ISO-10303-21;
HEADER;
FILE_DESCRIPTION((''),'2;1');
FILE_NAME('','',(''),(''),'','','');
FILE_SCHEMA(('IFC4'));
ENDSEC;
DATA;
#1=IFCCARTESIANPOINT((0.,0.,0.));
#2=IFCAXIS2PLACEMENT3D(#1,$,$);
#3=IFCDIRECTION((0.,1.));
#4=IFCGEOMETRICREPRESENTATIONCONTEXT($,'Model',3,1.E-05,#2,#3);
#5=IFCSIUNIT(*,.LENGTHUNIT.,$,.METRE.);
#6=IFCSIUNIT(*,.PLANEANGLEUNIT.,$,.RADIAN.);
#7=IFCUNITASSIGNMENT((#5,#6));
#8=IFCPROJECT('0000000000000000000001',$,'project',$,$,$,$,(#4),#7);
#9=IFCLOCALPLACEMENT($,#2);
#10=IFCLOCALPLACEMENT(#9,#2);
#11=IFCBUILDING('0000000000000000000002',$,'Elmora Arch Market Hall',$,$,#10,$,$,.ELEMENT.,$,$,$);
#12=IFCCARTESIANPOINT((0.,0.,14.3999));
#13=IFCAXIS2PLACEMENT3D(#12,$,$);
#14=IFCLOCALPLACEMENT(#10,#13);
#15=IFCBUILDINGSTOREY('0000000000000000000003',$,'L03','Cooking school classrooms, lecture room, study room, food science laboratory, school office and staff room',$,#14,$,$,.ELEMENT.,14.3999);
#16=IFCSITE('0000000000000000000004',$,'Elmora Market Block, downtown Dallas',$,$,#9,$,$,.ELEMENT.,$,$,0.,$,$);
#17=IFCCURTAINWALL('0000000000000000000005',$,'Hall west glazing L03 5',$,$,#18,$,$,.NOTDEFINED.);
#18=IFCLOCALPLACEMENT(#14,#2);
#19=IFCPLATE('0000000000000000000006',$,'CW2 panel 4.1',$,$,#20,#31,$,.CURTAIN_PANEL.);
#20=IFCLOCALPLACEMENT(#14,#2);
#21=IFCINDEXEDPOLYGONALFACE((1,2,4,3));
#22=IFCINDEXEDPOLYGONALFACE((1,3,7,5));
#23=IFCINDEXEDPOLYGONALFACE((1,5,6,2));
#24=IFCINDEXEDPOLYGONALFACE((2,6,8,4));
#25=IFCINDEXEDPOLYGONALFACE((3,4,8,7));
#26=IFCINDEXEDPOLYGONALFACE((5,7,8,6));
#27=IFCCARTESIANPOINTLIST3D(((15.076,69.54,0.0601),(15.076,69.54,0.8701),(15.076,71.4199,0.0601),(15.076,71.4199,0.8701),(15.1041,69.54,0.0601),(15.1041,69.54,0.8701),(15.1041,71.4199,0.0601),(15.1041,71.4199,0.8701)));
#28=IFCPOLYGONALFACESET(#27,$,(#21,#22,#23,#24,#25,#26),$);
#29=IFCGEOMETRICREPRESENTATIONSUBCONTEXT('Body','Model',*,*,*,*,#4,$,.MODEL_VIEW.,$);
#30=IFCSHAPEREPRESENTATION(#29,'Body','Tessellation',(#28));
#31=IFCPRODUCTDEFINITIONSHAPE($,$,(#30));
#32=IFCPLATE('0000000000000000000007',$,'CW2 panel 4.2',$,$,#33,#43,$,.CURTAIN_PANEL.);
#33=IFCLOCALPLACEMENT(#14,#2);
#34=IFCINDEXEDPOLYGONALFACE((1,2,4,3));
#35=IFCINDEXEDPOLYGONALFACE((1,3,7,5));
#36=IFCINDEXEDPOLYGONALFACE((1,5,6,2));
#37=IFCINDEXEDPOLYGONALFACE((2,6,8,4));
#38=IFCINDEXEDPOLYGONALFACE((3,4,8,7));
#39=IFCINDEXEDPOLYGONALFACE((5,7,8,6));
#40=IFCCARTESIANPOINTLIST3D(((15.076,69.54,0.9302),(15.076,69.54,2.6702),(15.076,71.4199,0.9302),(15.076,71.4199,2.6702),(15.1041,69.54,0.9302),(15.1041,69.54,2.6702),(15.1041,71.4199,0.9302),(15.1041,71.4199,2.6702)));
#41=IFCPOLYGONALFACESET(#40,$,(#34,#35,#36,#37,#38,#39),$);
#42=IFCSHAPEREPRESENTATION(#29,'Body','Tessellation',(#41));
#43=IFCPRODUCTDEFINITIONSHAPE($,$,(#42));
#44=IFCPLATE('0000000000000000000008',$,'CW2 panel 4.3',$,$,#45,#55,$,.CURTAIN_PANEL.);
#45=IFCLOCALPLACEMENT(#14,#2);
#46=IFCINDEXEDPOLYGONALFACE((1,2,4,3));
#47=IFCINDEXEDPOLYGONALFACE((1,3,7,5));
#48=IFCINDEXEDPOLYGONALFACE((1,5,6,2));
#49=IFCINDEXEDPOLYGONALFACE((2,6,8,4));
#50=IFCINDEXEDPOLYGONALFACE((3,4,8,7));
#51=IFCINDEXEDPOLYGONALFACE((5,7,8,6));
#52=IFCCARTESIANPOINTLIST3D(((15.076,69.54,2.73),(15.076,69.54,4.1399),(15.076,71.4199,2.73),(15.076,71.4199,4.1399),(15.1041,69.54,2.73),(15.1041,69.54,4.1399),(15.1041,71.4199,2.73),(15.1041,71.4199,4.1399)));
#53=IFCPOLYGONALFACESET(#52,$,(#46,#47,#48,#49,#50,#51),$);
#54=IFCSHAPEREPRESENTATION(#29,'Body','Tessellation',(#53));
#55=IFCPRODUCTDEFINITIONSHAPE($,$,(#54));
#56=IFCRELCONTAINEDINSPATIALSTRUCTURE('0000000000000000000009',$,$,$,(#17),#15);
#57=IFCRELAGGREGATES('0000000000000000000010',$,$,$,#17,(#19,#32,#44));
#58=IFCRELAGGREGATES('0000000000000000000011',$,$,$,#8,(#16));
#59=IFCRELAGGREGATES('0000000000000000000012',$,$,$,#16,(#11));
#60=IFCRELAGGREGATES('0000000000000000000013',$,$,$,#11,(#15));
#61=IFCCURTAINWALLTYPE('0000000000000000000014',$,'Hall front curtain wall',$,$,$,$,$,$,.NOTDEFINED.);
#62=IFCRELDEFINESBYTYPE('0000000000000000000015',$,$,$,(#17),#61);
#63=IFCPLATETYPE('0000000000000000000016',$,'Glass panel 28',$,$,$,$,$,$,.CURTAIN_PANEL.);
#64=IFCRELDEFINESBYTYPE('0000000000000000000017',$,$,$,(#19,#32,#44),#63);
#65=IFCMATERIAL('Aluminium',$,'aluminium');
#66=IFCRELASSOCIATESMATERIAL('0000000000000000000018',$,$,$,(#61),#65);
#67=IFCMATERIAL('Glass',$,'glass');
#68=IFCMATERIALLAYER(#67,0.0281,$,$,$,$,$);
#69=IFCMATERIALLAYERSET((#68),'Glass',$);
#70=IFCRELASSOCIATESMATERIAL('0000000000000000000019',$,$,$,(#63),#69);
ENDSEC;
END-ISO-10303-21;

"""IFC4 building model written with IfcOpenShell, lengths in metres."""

from ifc_helpers import new_model, si_unit, direction, frame, origin, origin_2d, place, context, subcontext, project, spatial, rectangle, extrude, material, layer, layer_set, type_object, element, aggregate, save


model = new_model("IFC4")

# Units and contexts
model_context = context("Model", 3, precision=1e-05, world=origin(), true_north=direction((0.0, 1.0)))
body_context = subcontext(model_context, "Body", "Model", "MODEL_VIEW")
ifc_project = project(units=[si_unit("LENGTHUNIT", "METRE"), si_unit("PLANEANGLEUNIT", "RADIAN")], contexts=[model_context])

# Site, building, storey
site_placement = place(None, origin())
site = spatial("IfcSite", under=ifc_project, at=site_placement, Name="Elmora Market Block, downtown Dallas", CompositionType="ELEMENT", RefElevation=0.0)
building_placement = place(site_placement, origin())
building = spatial("IfcBuilding", under=site, at=building_placement, Name="Elmora Arch Market Hall", CompositionType="ELEMENT")
storey_placement = place(building_placement, frame((0.0, 0.0, 14.3999)))
storey = spatial("IfcBuildingStorey", under=building, at=storey_placement, Name="L03", Description="Cooking school classrooms, lecture room, study room, food science laboratory, school office and staff room", CompositionType="ELEMENT", Elevation=14.3999)

# Curtain wall
ifc_material_1 = material(Name="Aluminium", Category="aluminium")
curtain_wall_type = type_object("IfcCurtainWallType", Name="Hall front curtain wall", PredefinedType="NOTDEFINED", material=ifc_material_1)
curtain_wall_1_placement = place(storey_placement, origin())
curtain_wall_1 = element("IfcCurtainWall", 1, at=curtain_wall_1_placement, inside=storey, type_object=curtain_wall_type, Name="Hall west glazing L03 5", PredefinedType="NOTDEFINED")

# Plates
ifc_material_2 = material(Name="Glass", Category="glass")
ifc_layer = layer(ifc_material_2, 0.0281)
ifc_layer_set = layer_set([ifc_layer], Name="Glass")
plate_type = type_object("IfcPlateType", Name="Glass panel 28", PredefinedType="CURTAIN_PANEL", material=ifc_layer_set)
plate_1_placement = place(storey_placement, frame((15.0901, 70.48, 0.0601), z_axis=(0.0, 0.0, 1.0), x_axis=(0.0, 1.0, 0.0)))
plate_1 = element("IfcPlate", 2, at=plate_1_placement, type_object=plate_type, Name="CW2 panel 4.1", PredefinedType="CURTAIN_PANEL", context=body_context, shape_type="SweptSolid", body=[
    extrude(rectangle(XDim=1.8799, YDim=0.0281, at=origin_2d()), origin(), (0.0, 0.0, 1.0), 0.8101),
])
plate_2_placement = place(storey_placement, frame((15.0901, 70.48, 0.9302), z_axis=(0.0, 0.0, 1.0), x_axis=(0.0, 1.0, 0.0)))
plate_2 = element("IfcPlate", 3, at=plate_2_placement, type_object=plate_type, Name="CW2 panel 4.2", PredefinedType="CURTAIN_PANEL", context=body_context, shape_type="SweptSolid", body=[
    extrude(rectangle(XDim=1.8799, YDim=0.0281, at=origin_2d()), origin(), (0.0, 0.0, 1.0), 1.74),
])
plate_3_placement = place(storey_placement, frame((15.0901, 70.48, 2.73), z_axis=(0.0, 0.0, 1.0), x_axis=(0.0, 1.0, 0.0)))
plate_3 = element("IfcPlate", 4, at=plate_3_placement, type_object=plate_type, Name="CW2 panel 4.3", PredefinedType="CURTAIN_PANEL", context=body_context, shape_type="SweptSolid", body=[
    extrude(rectangle(XDim=1.8799, YDim=0.0281, at=origin_2d()), origin(), (0.0, 0.0, 1.0), 1.4099),
])
aggregate(curtain_wall_1, [plate_1, plate_2, plate_3])

save(model, "model.ifc")
